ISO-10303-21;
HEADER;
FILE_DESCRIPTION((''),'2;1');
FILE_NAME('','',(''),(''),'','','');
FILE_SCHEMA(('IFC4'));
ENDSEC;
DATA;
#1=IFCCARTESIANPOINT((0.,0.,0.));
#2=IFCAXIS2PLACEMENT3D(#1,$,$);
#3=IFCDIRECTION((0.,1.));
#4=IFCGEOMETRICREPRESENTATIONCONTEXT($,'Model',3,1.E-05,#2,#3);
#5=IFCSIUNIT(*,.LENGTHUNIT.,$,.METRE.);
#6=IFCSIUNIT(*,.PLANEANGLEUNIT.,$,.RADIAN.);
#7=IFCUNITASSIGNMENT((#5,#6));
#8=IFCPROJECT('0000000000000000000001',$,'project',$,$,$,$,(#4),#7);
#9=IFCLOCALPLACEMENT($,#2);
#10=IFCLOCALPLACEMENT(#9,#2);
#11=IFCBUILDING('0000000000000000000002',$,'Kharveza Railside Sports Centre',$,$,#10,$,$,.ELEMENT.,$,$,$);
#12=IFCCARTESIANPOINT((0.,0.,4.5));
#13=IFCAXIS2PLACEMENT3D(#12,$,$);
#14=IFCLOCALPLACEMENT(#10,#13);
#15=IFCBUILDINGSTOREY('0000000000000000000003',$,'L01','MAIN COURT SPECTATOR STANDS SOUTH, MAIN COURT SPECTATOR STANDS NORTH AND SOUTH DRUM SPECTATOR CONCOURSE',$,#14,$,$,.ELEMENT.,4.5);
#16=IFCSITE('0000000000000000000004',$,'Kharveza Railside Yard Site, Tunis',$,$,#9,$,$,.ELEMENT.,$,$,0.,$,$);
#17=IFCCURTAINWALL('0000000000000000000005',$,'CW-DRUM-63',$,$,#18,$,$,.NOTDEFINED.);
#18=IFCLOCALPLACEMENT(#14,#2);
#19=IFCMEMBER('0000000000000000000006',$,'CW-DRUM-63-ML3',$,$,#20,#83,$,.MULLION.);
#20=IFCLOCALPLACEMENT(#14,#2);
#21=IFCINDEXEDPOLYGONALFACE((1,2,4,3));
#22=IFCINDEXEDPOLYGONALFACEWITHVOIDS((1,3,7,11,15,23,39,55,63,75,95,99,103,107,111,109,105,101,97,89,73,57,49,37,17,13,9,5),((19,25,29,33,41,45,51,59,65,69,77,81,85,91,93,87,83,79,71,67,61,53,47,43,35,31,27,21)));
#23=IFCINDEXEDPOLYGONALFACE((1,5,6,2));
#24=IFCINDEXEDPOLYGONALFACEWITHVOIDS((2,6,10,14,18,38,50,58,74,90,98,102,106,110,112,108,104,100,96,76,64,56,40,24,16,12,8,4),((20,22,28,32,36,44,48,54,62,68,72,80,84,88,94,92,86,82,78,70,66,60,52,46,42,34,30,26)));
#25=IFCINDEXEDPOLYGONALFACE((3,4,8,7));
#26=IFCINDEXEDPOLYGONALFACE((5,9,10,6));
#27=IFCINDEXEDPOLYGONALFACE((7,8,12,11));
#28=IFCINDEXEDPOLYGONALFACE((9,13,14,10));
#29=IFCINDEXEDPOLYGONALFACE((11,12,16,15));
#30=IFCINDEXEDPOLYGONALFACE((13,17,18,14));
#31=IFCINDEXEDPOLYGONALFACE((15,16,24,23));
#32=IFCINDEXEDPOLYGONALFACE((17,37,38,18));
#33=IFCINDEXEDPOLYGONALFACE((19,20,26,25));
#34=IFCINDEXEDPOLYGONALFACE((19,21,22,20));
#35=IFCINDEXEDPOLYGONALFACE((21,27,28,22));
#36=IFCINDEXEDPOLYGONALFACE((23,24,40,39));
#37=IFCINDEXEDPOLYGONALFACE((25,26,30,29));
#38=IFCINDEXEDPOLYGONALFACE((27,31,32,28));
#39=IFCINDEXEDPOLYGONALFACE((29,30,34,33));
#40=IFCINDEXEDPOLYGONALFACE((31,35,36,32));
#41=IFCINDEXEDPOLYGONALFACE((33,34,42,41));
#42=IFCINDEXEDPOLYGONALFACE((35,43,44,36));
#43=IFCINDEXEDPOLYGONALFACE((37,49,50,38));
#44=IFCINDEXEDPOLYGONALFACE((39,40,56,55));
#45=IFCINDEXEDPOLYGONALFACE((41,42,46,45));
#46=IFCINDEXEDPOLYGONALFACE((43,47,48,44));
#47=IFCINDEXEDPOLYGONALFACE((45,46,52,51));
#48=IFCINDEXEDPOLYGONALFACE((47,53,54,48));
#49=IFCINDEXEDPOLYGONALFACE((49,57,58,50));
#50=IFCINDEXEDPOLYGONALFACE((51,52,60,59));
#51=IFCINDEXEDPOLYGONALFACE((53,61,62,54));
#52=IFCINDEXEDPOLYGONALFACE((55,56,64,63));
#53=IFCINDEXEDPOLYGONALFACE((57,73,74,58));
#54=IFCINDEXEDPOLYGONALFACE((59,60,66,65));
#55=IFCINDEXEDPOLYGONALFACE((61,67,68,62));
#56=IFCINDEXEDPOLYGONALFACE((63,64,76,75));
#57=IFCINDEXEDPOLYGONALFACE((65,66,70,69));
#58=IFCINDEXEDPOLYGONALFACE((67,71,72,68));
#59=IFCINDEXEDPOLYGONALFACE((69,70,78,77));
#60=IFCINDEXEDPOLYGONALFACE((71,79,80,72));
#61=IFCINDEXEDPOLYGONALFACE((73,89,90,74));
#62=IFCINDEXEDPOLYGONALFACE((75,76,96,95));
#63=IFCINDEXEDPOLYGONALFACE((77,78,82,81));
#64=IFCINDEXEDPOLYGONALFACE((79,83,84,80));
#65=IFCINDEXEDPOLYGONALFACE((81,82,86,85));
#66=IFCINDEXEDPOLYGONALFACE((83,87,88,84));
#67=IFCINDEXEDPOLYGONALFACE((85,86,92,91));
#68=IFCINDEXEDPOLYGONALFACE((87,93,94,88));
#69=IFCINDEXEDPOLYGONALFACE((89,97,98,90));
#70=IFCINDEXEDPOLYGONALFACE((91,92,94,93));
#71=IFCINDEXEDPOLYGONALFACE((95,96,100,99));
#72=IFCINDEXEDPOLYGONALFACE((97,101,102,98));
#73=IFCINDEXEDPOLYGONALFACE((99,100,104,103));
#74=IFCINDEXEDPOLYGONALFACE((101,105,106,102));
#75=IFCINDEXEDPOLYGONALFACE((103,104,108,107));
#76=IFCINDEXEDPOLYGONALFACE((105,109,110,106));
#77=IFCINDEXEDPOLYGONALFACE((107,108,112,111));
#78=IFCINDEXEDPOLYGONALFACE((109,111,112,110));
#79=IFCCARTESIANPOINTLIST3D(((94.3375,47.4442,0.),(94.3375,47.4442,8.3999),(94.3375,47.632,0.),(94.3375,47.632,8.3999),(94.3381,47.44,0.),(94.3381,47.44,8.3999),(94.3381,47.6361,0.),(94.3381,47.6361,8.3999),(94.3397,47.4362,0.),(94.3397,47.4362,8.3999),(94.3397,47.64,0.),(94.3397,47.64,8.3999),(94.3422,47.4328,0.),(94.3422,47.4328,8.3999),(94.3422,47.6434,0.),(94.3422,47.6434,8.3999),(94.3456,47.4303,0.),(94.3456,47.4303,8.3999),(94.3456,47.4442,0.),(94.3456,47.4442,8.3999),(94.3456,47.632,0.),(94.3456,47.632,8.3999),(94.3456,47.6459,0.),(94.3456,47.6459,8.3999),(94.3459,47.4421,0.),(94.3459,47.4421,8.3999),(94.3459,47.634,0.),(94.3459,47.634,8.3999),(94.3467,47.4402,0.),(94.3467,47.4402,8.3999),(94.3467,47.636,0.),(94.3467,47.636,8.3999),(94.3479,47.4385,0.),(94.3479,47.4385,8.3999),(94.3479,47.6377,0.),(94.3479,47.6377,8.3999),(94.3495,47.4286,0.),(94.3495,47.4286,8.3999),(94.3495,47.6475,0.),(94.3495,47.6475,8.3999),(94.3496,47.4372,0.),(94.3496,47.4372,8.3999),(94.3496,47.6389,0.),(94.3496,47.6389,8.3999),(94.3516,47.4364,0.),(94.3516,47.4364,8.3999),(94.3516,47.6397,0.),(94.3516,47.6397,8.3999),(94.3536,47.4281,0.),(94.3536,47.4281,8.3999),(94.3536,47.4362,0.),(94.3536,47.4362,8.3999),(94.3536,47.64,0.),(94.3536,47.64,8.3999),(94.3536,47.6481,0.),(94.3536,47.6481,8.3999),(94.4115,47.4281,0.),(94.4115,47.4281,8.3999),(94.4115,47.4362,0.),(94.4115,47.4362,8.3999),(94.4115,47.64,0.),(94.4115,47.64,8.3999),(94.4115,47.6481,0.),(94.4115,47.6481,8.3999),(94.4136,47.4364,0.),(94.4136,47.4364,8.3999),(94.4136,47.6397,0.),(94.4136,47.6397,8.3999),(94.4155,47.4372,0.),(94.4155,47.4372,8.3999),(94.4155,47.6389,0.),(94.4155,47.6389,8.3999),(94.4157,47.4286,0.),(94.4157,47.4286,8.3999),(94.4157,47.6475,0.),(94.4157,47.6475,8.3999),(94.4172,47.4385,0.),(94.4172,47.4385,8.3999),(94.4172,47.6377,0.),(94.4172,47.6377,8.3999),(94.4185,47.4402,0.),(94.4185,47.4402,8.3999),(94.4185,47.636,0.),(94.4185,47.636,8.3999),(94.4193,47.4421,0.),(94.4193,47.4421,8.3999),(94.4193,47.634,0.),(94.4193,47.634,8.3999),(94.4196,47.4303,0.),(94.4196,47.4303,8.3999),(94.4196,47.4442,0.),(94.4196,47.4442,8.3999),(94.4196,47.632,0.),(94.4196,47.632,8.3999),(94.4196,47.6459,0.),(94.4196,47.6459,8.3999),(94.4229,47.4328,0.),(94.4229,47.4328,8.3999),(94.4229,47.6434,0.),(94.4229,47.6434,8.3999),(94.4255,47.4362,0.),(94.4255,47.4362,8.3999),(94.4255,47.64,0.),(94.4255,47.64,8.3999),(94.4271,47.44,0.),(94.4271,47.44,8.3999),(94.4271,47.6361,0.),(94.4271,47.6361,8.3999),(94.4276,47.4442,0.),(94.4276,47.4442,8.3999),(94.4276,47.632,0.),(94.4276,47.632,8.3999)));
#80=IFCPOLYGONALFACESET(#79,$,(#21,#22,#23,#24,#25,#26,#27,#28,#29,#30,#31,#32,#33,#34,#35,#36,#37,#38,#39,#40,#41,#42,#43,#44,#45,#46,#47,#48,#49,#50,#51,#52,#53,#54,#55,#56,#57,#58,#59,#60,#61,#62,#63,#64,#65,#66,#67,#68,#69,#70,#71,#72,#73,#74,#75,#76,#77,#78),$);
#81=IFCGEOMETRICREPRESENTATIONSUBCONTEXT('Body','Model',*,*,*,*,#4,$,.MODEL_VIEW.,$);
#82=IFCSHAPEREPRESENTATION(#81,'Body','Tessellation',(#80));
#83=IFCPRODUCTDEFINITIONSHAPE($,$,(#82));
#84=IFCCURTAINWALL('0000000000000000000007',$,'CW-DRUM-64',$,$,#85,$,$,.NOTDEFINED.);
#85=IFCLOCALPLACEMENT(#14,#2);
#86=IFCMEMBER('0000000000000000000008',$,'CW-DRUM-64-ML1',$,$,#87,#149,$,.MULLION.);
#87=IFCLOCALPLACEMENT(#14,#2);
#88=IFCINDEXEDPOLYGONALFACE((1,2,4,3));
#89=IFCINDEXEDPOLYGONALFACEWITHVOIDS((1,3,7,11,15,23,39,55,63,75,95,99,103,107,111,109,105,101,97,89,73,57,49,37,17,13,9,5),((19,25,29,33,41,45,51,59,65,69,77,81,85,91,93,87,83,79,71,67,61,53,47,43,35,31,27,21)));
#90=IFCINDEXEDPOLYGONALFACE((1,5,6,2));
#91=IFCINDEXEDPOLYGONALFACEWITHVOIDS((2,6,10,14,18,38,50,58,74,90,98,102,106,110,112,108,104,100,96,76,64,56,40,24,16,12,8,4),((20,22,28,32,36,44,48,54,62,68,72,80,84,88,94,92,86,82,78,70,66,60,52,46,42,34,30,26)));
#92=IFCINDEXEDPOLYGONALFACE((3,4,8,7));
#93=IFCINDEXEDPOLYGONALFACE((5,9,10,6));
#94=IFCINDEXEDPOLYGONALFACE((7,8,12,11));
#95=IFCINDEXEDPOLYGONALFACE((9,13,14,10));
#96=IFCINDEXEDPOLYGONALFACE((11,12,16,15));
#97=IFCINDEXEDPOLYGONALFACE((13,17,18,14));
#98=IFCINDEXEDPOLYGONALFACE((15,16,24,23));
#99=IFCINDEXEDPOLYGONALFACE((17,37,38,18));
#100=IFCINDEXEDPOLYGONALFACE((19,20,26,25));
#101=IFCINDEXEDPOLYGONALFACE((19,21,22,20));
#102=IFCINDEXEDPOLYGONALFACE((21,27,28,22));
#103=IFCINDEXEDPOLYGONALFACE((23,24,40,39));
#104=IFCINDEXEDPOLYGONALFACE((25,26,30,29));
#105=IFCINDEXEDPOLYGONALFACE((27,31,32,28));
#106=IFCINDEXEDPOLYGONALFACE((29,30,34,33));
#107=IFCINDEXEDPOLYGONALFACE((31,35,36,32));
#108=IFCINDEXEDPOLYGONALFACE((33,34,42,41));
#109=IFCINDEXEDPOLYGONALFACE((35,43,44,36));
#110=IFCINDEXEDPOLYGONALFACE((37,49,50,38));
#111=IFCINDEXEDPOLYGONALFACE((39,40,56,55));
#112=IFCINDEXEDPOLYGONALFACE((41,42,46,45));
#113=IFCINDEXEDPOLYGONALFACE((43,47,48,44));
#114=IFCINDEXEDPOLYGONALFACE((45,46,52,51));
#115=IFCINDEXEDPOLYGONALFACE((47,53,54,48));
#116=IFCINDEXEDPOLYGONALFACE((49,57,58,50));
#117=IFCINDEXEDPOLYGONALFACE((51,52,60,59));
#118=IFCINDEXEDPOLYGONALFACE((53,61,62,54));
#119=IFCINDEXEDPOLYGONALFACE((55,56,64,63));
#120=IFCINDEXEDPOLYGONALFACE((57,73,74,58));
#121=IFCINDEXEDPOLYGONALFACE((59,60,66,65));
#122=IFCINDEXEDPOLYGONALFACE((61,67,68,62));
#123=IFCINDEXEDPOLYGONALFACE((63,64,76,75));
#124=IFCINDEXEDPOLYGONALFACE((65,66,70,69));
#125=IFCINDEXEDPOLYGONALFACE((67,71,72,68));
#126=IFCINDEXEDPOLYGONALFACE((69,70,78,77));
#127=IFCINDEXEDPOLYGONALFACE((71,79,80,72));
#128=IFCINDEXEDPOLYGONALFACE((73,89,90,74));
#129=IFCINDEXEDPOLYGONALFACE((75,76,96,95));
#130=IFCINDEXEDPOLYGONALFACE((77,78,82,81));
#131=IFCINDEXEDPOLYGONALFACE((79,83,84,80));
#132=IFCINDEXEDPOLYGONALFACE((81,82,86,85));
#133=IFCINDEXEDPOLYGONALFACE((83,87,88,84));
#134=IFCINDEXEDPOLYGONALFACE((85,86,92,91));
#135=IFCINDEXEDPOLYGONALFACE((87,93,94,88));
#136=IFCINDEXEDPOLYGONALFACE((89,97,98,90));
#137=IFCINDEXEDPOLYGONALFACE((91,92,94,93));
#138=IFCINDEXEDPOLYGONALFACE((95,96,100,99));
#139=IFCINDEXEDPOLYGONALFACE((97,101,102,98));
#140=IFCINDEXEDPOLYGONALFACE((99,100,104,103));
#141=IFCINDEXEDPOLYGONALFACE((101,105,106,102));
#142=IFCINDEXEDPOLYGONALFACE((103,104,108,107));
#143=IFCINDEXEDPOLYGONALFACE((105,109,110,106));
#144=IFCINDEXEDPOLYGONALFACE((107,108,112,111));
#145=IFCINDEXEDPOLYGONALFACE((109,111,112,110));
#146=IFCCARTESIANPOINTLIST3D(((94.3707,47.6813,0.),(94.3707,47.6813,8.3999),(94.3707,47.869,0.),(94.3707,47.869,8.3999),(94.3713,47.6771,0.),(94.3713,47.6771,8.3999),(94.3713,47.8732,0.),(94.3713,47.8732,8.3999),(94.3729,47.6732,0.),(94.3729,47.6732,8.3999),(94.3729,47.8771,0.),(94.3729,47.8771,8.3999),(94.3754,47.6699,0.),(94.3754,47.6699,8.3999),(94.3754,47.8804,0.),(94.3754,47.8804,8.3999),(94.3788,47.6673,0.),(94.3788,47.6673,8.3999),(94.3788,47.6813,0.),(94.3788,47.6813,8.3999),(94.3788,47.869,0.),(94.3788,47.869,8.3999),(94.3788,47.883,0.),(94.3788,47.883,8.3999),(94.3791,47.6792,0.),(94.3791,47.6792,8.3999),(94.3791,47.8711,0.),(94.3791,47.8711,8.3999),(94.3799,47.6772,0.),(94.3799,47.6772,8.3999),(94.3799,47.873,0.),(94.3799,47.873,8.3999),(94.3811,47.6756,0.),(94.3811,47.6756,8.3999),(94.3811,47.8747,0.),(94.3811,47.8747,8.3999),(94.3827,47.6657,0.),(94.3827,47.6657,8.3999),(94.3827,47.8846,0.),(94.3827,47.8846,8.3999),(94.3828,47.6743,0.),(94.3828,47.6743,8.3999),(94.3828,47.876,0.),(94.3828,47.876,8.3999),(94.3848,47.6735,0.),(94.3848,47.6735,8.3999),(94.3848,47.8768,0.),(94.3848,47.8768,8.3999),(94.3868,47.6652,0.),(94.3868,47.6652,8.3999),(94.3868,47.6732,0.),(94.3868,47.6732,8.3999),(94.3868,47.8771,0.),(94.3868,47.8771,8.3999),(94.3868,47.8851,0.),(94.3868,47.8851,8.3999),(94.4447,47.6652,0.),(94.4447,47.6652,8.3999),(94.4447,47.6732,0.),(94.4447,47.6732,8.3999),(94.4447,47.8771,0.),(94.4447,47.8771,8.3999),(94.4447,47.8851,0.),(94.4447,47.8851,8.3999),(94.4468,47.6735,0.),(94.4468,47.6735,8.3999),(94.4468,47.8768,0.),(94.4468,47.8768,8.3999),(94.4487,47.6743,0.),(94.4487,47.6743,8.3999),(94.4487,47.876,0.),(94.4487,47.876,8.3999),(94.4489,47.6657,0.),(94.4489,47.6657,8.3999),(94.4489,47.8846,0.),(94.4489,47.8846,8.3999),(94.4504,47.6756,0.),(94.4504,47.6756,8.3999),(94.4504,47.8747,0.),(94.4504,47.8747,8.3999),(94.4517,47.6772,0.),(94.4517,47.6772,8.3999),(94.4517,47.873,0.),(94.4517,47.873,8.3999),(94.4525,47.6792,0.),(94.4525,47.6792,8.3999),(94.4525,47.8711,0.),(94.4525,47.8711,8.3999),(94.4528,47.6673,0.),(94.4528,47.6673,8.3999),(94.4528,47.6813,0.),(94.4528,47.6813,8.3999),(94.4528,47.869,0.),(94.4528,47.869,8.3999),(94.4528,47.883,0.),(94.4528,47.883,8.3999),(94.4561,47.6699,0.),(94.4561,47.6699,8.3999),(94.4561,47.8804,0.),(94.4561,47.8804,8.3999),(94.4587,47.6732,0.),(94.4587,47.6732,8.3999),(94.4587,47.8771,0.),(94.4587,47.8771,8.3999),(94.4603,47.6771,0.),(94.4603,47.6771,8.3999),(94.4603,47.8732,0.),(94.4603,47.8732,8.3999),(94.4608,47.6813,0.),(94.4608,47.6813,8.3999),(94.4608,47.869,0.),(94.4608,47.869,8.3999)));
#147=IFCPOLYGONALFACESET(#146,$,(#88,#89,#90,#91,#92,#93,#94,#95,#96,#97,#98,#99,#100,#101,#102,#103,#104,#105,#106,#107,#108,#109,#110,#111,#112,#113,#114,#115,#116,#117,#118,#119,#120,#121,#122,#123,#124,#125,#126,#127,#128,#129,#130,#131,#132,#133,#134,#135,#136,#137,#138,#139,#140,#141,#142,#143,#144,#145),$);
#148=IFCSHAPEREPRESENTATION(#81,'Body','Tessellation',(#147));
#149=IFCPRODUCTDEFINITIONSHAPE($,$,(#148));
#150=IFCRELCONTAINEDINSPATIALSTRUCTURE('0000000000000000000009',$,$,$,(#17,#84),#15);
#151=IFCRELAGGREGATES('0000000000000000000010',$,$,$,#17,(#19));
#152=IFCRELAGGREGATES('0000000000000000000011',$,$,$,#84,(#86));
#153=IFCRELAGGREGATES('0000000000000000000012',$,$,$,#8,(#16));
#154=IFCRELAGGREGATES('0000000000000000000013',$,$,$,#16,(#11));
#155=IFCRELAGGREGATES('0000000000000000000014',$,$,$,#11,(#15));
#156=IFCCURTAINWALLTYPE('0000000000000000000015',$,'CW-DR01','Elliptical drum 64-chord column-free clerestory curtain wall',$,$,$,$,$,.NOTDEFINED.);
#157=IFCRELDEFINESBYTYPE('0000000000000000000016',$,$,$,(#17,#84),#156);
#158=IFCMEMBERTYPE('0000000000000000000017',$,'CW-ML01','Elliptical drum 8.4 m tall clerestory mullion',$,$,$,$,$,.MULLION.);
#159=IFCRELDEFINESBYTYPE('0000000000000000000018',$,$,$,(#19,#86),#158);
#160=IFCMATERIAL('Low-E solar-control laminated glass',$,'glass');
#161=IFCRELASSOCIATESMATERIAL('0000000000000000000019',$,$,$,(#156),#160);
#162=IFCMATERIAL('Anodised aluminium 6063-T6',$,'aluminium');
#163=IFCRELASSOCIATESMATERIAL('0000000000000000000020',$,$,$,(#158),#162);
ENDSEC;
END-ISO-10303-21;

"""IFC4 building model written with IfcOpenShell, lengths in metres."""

from ifc_helpers import new_model, si_unit, direction, frame, origin, origin_2d, place, context, subcontext, project, spatial, hollow_rectangle, extrude, material, material_profile, profile_set, type_object, element, aggregate, save


model = new_model("IFC4")

# Units and contexts
model_context = context("Model", 3, precision=1e-05, world=origin(), true_north=direction((0.0, 1.0)))
body_context = subcontext(model_context, "Body", "Model", "MODEL_VIEW")
ifc_project = project(units=[si_unit("LENGTHUNIT", "METRE"), si_unit("PLANEANGLEUNIT", "RADIAN")], contexts=[model_context])

# Site, building, storey
site_placement = place(None, origin())
site = spatial("IfcSite", under=ifc_project, at=site_placement, Name="Kharveza Railside Yard Site, Tunis", CompositionType="ELEMENT", RefElevation=0.0)
building_placement = place(site_placement, origin())
building = spatial("IfcBuilding", under=site, at=building_placement, Name="Kharveza Railside Sports Centre", CompositionType="ELEMENT")
storey_placement = place(building_placement, frame((0.0, 0.0, 4.5)))
storey = spatial("IfcBuildingStorey", under=building, at=storey_placement, Name="L01", Description="MAIN COURT SPECTATOR STANDS SOUTH, MAIN COURT SPECTATOR STANDS NORTH AND SOUTH DRUM SPECTATOR CONCOURSE", CompositionType="ELEMENT", Elevation=4.5)

# Shared definitions
ifc_material_1 = material(Name="Low-E solar-control laminated glass", Category="glass")
curtain_wall_type = type_object("IfcCurtainWallType", Name="CW-DR01", Description="Elliptical drum 64-chord column-free clerestory curtain wall", PredefinedType="NOTDEFINED", material=ifc_material_1)
ifc_material_2 = material(Name="Anodised aluminium 6063-T6", Category="aluminium")
ifc_material_profile_1 = material_profile(ifc_material_2, hollow_rectangle(XDim=0.0901, YDim=0.22, WallThickness=0.0081, InnerFilletRadius=0.0081, OuterFilletRadius=0.0161, at=origin_2d()), Name="RHS 90x220x8.0")
ifc_profile_set_1 = profile_set([ifc_material_profile_1], Name="Anodised aluminium 6063-T6")
member_type_1 = type_object("IfcMemberType", Name="CW-ML01", Description="Elliptical drum 8.4 m tall clerestory mullion", PredefinedType="MULLION", material=ifc_profile_set_1)

# Curtain walls, members
curtain_wall_1_placement = place(storey_placement, origin())
curtain_wall_1 = element("IfcCurtainWall", 1, at=curtain_wall_1_placement, inside=storey, type_object=curtain_wall_type, Name="CW-DRUM-63", PredefinedType="NOTDEFINED")
member_1_placement = place(storey_placement, frame((94.3826, 47.5381, 0.0), z_axis=(0.0, 0.0, 1.0), x_axis=(1.0, 0.0, 0.0)))
member_1 = element("IfcMember", 2, at=member_1_placement, type_object=member_type_1, Name="CW-DRUM-63-ML3", PredefinedType="MULLION", context=body_context, shape_type="SweptSolid", body=[
    extrude(hollow_rectangle(XDim=0.0901, YDim=0.22, WallThickness=0.0081, InnerFilletRadius=0.0081, OuterFilletRadius=0.0161, at=origin_2d()), origin(), (0.0, 0.0, 1.0), 8.3999),
])
curtain_wall_2_placement = place(storey_placement, origin())
curtain_wall_2 = element("IfcCurtainWall", 3, at=curtain_wall_2_placement, inside=storey, type_object=curtain_wall_type, Name="CW-DRUM-64", PredefinedType="NOTDEFINED")
member_2_placement = place(storey_placement, frame((94.4158, 47.7751, 0.0), z_axis=(0.0, 0.0, 1.0), x_axis=(1.0, 0.0, 0.0)))
member_2 = element("IfcMember", 4, at=member_2_placement, type_object=member_type_1, Name="CW-DRUM-64-ML1", PredefinedType="MULLION", context=body_context, shape_type="SweptSolid", body=[
    extrude(hollow_rectangle(XDim=0.0901, YDim=0.22, WallThickness=0.0081, InnerFilletRadius=0.0081, OuterFilletRadius=0.0161, at=origin_2d()), origin(), (0.0, 0.0, 1.0), 8.3999),
])

aggregate(curtain_wall_1, [member_1])
aggregate(curtain_wall_2, [member_2])

save(model, "model.ifc")
